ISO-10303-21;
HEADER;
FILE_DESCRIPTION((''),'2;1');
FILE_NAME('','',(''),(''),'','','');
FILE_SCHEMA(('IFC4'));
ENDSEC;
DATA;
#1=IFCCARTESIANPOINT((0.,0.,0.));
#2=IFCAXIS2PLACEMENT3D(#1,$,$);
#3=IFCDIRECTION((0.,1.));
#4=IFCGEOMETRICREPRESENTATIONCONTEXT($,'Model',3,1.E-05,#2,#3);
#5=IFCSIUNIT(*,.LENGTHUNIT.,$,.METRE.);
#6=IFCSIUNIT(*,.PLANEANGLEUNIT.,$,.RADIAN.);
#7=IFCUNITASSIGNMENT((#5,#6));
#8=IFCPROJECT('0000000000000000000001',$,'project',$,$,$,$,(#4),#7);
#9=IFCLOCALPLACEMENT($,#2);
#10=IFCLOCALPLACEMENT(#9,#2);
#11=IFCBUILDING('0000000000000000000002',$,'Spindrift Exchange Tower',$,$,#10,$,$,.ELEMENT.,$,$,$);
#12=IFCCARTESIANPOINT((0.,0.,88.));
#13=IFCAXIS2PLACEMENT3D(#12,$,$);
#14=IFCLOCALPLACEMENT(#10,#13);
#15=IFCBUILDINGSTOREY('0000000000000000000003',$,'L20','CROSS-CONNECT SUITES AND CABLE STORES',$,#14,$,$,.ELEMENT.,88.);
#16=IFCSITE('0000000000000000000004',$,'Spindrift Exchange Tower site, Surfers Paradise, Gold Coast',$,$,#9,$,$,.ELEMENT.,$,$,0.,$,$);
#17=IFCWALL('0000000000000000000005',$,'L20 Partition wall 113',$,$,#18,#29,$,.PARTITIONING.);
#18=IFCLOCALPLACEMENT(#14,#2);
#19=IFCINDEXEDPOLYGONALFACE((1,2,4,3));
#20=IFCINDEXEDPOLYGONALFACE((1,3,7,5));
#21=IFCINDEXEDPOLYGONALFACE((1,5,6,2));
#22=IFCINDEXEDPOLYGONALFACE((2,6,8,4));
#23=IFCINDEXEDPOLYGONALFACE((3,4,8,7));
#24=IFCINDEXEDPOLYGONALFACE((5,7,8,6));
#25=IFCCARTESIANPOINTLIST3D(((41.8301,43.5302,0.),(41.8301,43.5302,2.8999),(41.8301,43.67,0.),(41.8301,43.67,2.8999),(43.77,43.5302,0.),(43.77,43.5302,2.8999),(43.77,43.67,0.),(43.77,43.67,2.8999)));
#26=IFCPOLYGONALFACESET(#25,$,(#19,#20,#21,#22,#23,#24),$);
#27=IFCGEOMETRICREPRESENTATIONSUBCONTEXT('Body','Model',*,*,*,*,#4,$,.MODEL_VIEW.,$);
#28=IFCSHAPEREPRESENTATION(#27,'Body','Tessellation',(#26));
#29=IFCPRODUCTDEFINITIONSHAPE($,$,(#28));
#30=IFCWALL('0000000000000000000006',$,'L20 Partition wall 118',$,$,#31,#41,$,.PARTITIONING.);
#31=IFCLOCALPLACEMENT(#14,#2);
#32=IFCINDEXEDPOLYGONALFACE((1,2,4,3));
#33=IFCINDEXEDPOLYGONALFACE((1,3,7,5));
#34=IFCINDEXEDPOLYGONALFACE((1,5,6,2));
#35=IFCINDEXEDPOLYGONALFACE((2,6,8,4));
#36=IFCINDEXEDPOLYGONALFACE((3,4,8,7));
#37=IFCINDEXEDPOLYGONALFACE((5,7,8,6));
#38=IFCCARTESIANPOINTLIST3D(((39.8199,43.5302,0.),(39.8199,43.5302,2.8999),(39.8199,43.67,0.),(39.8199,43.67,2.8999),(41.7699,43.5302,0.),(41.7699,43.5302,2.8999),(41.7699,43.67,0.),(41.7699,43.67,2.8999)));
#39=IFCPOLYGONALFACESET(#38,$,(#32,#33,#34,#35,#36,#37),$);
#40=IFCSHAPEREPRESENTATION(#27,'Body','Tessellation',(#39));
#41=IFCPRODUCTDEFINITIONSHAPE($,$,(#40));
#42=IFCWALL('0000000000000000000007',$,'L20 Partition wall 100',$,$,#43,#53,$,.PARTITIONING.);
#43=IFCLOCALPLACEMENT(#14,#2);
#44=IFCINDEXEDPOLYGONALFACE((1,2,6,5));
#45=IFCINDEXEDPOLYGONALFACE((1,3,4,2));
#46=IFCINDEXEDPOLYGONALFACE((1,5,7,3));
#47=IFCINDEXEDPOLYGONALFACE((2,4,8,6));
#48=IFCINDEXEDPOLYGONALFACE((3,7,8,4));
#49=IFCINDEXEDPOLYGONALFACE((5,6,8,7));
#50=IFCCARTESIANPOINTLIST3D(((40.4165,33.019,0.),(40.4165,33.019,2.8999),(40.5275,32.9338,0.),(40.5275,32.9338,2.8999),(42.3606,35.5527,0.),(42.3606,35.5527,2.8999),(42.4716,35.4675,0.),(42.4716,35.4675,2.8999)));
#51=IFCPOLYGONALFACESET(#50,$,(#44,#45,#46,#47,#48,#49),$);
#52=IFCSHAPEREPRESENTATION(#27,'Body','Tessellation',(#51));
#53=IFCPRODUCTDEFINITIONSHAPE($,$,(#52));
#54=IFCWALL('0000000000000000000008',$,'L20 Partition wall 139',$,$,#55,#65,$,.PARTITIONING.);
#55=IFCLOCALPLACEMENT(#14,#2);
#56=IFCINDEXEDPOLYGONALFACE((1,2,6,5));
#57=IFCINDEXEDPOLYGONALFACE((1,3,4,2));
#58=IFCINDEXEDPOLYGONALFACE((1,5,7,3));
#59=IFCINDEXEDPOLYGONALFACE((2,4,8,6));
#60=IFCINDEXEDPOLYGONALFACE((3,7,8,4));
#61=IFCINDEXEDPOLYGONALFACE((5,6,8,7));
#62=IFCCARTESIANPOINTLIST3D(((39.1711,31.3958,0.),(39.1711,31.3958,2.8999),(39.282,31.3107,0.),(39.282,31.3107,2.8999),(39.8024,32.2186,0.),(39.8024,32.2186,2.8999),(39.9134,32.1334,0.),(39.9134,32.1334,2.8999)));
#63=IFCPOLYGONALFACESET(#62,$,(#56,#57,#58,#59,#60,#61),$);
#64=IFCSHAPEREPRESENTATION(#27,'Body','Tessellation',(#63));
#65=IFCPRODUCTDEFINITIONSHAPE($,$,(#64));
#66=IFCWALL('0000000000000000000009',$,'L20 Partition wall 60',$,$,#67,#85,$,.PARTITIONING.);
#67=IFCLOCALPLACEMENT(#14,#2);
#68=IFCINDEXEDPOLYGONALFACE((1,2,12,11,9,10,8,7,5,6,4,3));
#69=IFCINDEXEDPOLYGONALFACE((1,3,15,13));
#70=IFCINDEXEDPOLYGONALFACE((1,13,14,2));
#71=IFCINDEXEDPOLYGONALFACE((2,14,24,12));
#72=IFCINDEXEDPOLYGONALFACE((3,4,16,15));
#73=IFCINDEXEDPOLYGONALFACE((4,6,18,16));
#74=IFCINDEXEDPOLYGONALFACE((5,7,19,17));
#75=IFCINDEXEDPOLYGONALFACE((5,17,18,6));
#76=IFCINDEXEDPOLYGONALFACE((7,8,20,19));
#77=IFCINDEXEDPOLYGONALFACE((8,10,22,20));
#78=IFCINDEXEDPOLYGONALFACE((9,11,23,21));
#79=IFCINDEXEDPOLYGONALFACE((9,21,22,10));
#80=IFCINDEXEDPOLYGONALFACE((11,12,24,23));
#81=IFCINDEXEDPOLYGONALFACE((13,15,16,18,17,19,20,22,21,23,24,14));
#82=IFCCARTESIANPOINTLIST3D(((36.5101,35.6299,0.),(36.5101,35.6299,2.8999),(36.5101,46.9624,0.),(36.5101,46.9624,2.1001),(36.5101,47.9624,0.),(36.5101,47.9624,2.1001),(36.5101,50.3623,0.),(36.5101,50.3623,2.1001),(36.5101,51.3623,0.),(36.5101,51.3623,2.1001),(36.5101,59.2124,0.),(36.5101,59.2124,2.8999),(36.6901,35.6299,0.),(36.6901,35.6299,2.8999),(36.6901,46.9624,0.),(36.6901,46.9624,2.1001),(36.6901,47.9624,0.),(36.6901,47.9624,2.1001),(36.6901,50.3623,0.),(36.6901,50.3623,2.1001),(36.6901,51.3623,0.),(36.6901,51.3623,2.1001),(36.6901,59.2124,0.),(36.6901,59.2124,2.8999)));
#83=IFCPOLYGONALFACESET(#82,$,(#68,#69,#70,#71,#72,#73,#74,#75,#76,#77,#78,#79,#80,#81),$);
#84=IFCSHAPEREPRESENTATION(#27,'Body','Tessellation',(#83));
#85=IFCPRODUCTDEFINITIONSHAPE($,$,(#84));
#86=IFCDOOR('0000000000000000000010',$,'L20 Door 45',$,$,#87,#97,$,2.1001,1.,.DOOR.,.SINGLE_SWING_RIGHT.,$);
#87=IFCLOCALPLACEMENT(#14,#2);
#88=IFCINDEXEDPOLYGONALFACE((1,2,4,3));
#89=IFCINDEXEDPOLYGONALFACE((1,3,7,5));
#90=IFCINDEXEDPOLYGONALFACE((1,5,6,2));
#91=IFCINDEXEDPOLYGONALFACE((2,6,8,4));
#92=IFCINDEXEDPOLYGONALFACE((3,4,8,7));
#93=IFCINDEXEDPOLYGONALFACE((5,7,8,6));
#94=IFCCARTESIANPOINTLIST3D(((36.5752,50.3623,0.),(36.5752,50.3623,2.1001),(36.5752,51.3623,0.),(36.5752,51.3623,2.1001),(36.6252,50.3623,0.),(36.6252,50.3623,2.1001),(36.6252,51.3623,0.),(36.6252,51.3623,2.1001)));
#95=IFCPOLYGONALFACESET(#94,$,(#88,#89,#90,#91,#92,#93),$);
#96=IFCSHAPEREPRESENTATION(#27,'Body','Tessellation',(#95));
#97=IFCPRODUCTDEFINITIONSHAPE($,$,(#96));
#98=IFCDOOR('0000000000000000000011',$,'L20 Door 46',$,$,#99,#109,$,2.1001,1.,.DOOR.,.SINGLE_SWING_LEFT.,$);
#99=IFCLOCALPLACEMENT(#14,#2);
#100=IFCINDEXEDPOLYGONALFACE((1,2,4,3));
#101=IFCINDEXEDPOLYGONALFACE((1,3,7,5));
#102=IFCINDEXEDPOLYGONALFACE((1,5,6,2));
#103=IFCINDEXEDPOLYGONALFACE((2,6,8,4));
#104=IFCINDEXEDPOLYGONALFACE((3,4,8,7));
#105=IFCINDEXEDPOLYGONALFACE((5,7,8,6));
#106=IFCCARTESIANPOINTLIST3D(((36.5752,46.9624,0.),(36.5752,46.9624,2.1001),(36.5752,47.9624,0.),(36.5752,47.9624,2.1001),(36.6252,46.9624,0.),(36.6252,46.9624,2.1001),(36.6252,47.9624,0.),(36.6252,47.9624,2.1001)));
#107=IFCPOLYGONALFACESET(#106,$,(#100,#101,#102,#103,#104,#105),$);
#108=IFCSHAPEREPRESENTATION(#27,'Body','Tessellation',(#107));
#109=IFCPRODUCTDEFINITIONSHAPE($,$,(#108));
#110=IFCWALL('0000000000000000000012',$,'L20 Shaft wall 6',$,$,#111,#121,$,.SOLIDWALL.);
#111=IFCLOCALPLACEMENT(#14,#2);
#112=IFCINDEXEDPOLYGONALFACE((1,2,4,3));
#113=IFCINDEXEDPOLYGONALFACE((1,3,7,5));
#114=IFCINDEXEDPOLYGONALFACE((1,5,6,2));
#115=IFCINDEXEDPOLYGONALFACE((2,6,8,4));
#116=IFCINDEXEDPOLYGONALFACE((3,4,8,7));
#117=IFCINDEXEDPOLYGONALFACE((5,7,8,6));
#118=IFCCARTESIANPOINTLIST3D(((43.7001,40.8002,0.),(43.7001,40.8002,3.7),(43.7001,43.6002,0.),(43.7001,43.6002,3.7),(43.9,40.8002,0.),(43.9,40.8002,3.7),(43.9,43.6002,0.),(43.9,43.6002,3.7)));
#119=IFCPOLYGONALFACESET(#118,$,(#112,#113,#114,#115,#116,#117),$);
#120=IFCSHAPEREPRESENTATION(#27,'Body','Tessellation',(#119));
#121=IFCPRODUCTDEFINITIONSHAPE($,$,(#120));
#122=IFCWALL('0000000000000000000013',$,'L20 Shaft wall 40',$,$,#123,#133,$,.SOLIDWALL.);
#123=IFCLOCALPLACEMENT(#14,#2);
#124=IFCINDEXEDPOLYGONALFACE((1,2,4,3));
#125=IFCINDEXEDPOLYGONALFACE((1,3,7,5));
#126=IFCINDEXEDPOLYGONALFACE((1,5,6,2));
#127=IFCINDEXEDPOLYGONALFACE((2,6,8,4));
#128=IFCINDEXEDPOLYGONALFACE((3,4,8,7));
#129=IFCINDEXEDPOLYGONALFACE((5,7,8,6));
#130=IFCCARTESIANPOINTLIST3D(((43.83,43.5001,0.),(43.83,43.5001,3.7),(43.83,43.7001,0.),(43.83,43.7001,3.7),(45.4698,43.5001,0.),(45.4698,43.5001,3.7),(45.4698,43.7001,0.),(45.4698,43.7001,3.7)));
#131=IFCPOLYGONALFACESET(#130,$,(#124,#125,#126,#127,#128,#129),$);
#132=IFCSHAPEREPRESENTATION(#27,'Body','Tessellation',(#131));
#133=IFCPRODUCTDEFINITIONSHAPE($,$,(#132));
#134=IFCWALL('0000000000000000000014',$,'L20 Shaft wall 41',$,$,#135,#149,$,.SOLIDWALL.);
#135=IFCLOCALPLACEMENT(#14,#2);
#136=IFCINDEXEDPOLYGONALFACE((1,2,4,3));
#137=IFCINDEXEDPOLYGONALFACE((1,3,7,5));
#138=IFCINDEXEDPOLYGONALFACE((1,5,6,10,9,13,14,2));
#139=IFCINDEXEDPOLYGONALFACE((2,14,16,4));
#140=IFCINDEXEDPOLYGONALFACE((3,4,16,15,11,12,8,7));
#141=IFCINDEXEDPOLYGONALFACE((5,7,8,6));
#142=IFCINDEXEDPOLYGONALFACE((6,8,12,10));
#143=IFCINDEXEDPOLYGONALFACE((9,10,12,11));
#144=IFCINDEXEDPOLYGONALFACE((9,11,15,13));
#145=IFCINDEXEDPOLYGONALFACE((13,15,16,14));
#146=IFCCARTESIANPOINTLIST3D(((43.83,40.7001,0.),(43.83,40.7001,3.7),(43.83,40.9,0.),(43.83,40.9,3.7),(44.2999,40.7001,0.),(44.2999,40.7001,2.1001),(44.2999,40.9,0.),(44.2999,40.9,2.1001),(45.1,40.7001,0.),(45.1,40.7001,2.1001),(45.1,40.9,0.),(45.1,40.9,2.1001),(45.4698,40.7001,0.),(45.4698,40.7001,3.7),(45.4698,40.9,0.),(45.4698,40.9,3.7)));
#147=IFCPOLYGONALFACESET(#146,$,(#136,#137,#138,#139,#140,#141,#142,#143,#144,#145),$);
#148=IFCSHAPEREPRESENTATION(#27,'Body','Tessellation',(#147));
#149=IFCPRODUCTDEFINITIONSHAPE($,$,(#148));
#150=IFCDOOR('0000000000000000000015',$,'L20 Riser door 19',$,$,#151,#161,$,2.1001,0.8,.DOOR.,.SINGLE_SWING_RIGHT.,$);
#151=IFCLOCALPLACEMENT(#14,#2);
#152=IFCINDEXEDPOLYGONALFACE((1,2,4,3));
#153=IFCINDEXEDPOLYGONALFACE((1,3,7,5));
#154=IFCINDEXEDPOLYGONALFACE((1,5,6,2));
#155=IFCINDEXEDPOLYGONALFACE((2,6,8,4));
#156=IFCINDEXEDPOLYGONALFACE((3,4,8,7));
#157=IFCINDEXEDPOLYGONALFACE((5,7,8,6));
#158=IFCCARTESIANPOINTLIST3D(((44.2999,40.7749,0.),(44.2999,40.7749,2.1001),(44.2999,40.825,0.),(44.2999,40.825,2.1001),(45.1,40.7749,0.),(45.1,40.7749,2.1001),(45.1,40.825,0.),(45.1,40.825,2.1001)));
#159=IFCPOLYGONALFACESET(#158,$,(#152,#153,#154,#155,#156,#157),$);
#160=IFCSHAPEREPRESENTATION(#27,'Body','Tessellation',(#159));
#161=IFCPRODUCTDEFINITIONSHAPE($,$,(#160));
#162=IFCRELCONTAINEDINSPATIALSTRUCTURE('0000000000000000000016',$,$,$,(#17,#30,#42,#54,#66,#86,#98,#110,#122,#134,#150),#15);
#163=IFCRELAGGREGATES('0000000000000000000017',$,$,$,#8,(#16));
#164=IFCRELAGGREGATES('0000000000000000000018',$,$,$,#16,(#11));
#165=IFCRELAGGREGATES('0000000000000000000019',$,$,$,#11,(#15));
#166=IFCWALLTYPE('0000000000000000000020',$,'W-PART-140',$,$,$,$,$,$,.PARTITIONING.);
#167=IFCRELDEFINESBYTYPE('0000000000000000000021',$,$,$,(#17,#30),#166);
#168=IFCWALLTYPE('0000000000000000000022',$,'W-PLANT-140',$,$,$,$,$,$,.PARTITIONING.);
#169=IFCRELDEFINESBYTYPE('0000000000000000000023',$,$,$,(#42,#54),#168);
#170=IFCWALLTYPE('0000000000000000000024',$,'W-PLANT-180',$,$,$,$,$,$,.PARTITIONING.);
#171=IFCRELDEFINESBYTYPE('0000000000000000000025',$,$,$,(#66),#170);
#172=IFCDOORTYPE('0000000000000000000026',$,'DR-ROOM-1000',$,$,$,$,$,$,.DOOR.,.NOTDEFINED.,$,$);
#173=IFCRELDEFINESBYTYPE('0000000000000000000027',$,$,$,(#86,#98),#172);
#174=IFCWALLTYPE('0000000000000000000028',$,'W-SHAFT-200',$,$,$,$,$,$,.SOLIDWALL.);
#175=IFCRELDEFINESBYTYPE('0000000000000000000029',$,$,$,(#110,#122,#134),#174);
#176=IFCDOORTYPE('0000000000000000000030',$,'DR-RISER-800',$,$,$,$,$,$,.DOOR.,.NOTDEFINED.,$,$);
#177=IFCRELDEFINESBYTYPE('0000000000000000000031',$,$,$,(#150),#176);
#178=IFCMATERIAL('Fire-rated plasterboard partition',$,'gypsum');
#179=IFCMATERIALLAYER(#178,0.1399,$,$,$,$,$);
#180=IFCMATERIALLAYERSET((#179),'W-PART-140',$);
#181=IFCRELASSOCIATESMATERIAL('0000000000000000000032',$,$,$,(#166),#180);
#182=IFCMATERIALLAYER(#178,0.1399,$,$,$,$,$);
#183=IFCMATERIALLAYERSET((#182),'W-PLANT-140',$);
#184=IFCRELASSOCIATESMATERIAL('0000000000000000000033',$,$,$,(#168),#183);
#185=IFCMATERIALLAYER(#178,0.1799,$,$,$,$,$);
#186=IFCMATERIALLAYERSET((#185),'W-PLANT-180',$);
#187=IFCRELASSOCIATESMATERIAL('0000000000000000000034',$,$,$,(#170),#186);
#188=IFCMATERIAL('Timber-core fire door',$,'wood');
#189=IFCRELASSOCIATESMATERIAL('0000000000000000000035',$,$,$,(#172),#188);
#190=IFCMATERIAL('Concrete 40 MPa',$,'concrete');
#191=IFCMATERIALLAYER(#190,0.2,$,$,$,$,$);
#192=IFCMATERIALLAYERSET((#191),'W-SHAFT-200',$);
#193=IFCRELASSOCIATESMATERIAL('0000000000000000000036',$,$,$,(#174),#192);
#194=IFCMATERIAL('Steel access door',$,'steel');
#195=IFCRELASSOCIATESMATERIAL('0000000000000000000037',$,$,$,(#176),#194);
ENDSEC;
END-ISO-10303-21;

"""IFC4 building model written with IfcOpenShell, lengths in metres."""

from ifc_helpers import new_model, si_unit, direction, frame, frame_2d, origin, place, context, subcontext, project, spatial, rectangle, extrude, source, transform, mapped, material, layer, layer_set, type_object, element, fill, save


model = new_model("IFC4")

# Units and contexts
model_context = context("Model", 3, precision=1e-05, world=origin(), true_north=direction((0.0, 1.0)))
body_context = subcontext(model_context, "Body", "Model", "MODEL_VIEW")
ifc_project = project(units=[si_unit("LENGTHUNIT", "METRE"), si_unit("PLANEANGLEUNIT", "RADIAN")], contexts=[model_context])

# Site, building, storey
site_placement = place(None, origin())
site = spatial("IfcSite", under=ifc_project, at=site_placement, Name="Spindrift Exchange Tower site, Surfers Paradise, Gold Coast", CompositionType="ELEMENT", RefElevation=0.0)
building_placement = place(site_placement, origin())
building = spatial("IfcBuilding", under=site, at=building_placement, Name="Spindrift Exchange Tower", CompositionType="ELEMENT")
storey_placement = place(building_placement, frame((0.0, 0.0, 88.0)))
storey = spatial("IfcBuildingStorey", under=building, at=storey_placement, Name="L20", Description="CROSS-CONNECT SUITES AND CABLE STORES", CompositionType="ELEMENT", Elevation=88.0)

# Shared definitions
ifc_material_1 = material(Name="Fire-rated plasterboard partition", Category="gypsum")
ifc_material_2 = material(Name="Steel access door", Category="steel")

# Walls
ifc_layer_1 = layer(ifc_material_1, 0.1399)
ifc_layer_set_1 = layer_set([ifc_layer_1], Name="W-PART-140")
wall_type_1 = type_object("IfcWallType", Name="W-PART-140", PredefinedType="PARTITIONING", material=ifc_layer_set_1)
wall_1_placement = place(storey_placement, frame((43.77, 43.6001, 0.0), z_axis=(0.0, 0.0, 1.0), x_axis=(-1.0, 0.0, 0.0)))
element("IfcWall", 1, at=wall_1_placement, inside=storey, type_object=wall_type_1, Name="L20 Partition wall 113", PredefinedType="PARTITIONING", context=body_context, shape_type="SweptSolid", body=[
    extrude(rectangle(XDim=1.9399, YDim=0.1399, at=frame_2d((0.97, 0.0))), origin(), (0.0, 0.0, 1.0), 2.8999),
])
wall_2_placement = place(storey_placement, frame((41.77, 43.6001, 0.0), z_axis=(0.0, 0.0, 1.0), x_axis=(-1.0, 0.0, 0.0)))
element("IfcWall", 2, at=wall_2_placement, inside=storey, type_object=wall_type_1, Name="L20 Partition wall 118", PredefinedType="PARTITIONING", context=body_context, shape_type="SweptSolid", body=[
    extrude(rectangle(XDim=1.95, YDim=0.1399, at=frame_2d((0.9751, 0.0))), origin(), (0.0, 0.0, 1.0), 2.8999),
])
ifc_layer_2 = layer(ifc_material_1, 0.1399)
ifc_layer_set_2 = layer_set([ifc_layer_2], Name="W-PLANT-140")
wall_type_2 = type_object("IfcWallType", Name="W-PLANT-140", PredefinedType="PARTITIONING", material=ifc_layer_set_2)
wall_3_placement = place(storey_placement, frame((42.416, 35.51, 0.0), z_axis=(0.0, 0.0, 1.0), x_axis=(-0.608746, -0.793365, 0.0)))
element("IfcWall", 3, at=wall_3_placement, inside=storey, type_object=wall_type_2, Name="L20 Partition wall 100", PredefinedType="PARTITIONING", context=body_context, shape_type="SweptSolid", body=[
    extrude(rectangle(XDim=3.1936, YDim=0.1399, at=frame_2d((1.5967, 0.0))), origin(), (0.0, 0.0, 1.0), 2.8999),
])
wall_4_placement = place(storey_placement, frame((39.8579, 32.176, 0.0), z_axis=(0.0, 0.0, 1.0), x_axis=(-0.608777, -0.793341, 0.0)))
element("IfcWall", 4, at=wall_4_placement, inside=storey, type_object=wall_type_2, Name="L20 Partition wall 139", PredefinedType="PARTITIONING", context=body_context, shape_type="SweptSolid", body=[
    extrude(rectangle(XDim=1.0371, YDim=0.1399, at=frame_2d((0.5186, 0.0))), origin(), (0.0, 0.0, 1.0), 2.8999),
])

# Wall, openings, doors
ifc_layer_3 = layer(ifc_material_1, 0.1799)
ifc_layer_set_3 = layer_set([ifc_layer_3], Name="W-PLANT-180")
wall_type_3 = type_object("IfcWallType", Name="W-PLANT-180", PredefinedType="PARTITIONING", material=ifc_layer_set_3)
wall_5_placement = place(storey_placement, frame((36.6001, 35.6299, 0.0), z_axis=(0.0, 0.0, 1.0), x_axis=(0.0, 1.0, 0.0)))
wall_5 = element("IfcWall", 5, at=wall_5_placement, inside=storey, type_object=wall_type_3, Name="L20 Partition wall 60", PredefinedType="PARTITIONING", context=body_context, shape_type="SweptSolid", body=[
    extrude(rectangle(XDim=23.5825, YDim=0.1799, at=frame_2d((11.7913, 0.0))), origin(), (0.0, 0.0, 1.0), 2.8999),
])
opening_1_placement = place(wall_5_placement, frame((14.7324, 0.0, 0.0)))
opening_1 = element("IfcOpeningElement", 6, at=opening_1_placement, cuts=wall_5, PredefinedType="OPENING", context=body_context, shape_type="SweptSolid", body=[
    extrude(rectangle(XDim=1.0, YDim=2.1001, at=frame_2d((0.5, 1.05))), frame((0.0, 0.0999, 0.0), z_axis=(0.0, -1.0, 0.0), x_axis=(1.0, 0.0, 0.0)), (0.0, 0.0, 1.0), 0.2),
])
opening_2_placement = place(wall_5_placement, frame((11.3325, 0.0, 0.0)))
opening_2 = element("IfcOpeningElement", 7, at=opening_2_placement, cuts=wall_5, PredefinedType="OPENING", context=body_context, shape_type="SweptSolid", body=[
    extrude(rectangle(XDim=1.0, YDim=2.1001, at=frame_2d((0.5, 1.05))), frame((0.0, 0.0999, 0.0), z_axis=(0.0, -1.0, 0.0), x_axis=(1.0, 0.0, 0.0)), (0.0, 0.0, 1.0), 0.2),
])
ifc_material_3 = material(Name="Timber-core fire door", Category="wood")
door_type_1 = type_object("IfcDoorType", Name="DR-ROOM-1000", OperationType="NOTDEFINED", PredefinedType="DOOR", material=ifc_material_3)
shared_shape_1 = source(origin(), body_context, "Body", "SweptSolid", [
    extrude(rectangle(XDim=1.0, YDim=2.1001, at=frame_2d((0.5, 1.05))), frame((0.0, 0.0249, 0.0), z_axis=(0.0, -1.0, 0.0), x_axis=(1.0, 0.0, 0.0)), (0.0, 0.0, 1.0), 0.05),
])
door_1_placement = place(opening_1_placement, origin())
door_1 = element("IfcDoor", 8, at=door_1_placement, inside=storey, type_object=door_type_1, Name="L20 Door 45", OperationType="SINGLE_SWING_RIGHT", OverallHeight=2.1001, OverallWidth=1.0, PredefinedType="DOOR", context=body_context, shape_type="MappedRepresentation", body=[
    mapped(shared_shape_1, transform((0.0, 0.0, 0.0), scale=1.0)),
])
fill(opening_1, door_1)
door_2_placement = place(opening_2_placement, origin())
door_2 = element("IfcDoor", 9, at=door_2_placement, inside=storey, type_object=door_type_1, Name="L20 Door 46", OperationType="SINGLE_SWING_LEFT", OverallHeight=2.1001, OverallWidth=1.0, PredefinedType="DOOR", context=body_context, shape_type="MappedRepresentation", body=[
    mapped(shared_shape_1, transform((0.0, 0.0, 0.0), scale=1.0)),
])
fill(opening_2, door_2)

# Walls
ifc_material_4 = material(Name="Concrete 40 MPa", Category="concrete")
ifc_layer_4 = layer(ifc_material_4, 0.2)
ifc_layer_set_4 = layer_set([ifc_layer_4], Name="W-SHAFT-200")
wall_type_4 = type_object("IfcWallType", Name="W-SHAFT-200", PredefinedType="SOLIDWALL", material=ifc_layer_set_4)
wall_6_placement = place(storey_placement, frame((43.8, 43.6001, 0.0), z_axis=(0.0, 0.0, 1.0), x_axis=(0.0, -1.0, 0.0)))
element("IfcWall", 10, at=wall_6_placement, inside=storey, type_object=wall_type_4, Name="L20 Shaft wall 6", PredefinedType="SOLIDWALL", context=body_context, shape_type="SweptSolid", body=[
    extrude(rectangle(XDim=2.8, YDim=0.2, at=frame_2d((1.3999, 0.0))), origin(), (0.0, 0.0, 1.0), 3.7),
])
wall_7_placement = place(storey_placement, frame((43.8301, 43.6001, 0.0), z_axis=(0.0, 0.0, 1.0), x_axis=(1.0, 0.0, 0.0)))
element("IfcWall", 11, at=wall_7_placement, inside=storey, type_object=wall_type_4, Name="L20 Shaft wall 40", PredefinedType="SOLIDWALL", context=body_context, shape_type="SweptSolid", body=[
    extrude(rectangle(XDim=1.6399, YDim=0.2, at=frame_2d((0.8198, 0.0))), origin(), (0.0, 0.0, 1.0), 3.7),
])

# Wall, opening, door
wall_8_placement = place(storey_placement, frame((43.8301, 40.8, 0.0), z_axis=(0.0, 0.0, 1.0), x_axis=(1.0, 0.0, 0.0)))
wall_8 = element("IfcWall", 12, at=wall_8_placement, inside=storey, type_object=wall_type_4, Name="L20 Shaft wall 41", PredefinedType="SOLIDWALL", context=body_context, shape_type="SweptSolid", body=[
    extrude(rectangle(XDim=1.6399, YDim=0.2, at=frame_2d((0.8198, 0.0))), origin(), (0.0, 0.0, 1.0), 3.7),
])
opening_3_placement = place(wall_8_placement, frame((0.47, 0.0, 0.0)))
opening_3 = element("IfcOpeningElement", 13, at=opening_3_placement, cuts=wall_8, PredefinedType="OPENING", context=body_context, shape_type="SweptSolid", body=[
    extrude(rectangle(XDim=0.8, YDim=2.1001, at=frame_2d((0.3999, 1.05))), frame((0.0, 0.1099, 0.0), z_axis=(0.0, -1.0, 0.0), x_axis=(1.0, 0.0, 0.0)), (0.0, 0.0, 1.0), 0.22),
])
door_type_2 = type_object("IfcDoorType", Name="DR-RISER-800", OperationType="NOTDEFINED", PredefinedType="DOOR", material=ifc_material_2)
shared_shape_2 = source(origin(), body_context, "Body", "SweptSolid", [
    extrude(rectangle(XDim=0.8, YDim=2.1001, at=frame_2d((0.3999, 1.05))), frame((0.0, 0.0249, 0.0), z_axis=(0.0, -1.0, 0.0), x_axis=(1.0, 0.0, 0.0)), (0.0, 0.0, 1.0), 0.05),
])
door_3_placement = place(opening_3_placement, origin())
door_3 = element("IfcDoor", 14, at=door_3_placement, inside=storey, type_object=door_type_2, Name="L20 Riser door 19", OperationType="SINGLE_SWING_RIGHT", OverallHeight=2.1001, OverallWidth=0.8, PredefinedType="DOOR", context=body_context, shape_type="MappedRepresentation", body=[
    mapped(shared_shape_2, transform((0.0, 0.0, 0.0), scale=1.0)),
])
fill(opening_3, door_3)

save(model, "model.ifc")
